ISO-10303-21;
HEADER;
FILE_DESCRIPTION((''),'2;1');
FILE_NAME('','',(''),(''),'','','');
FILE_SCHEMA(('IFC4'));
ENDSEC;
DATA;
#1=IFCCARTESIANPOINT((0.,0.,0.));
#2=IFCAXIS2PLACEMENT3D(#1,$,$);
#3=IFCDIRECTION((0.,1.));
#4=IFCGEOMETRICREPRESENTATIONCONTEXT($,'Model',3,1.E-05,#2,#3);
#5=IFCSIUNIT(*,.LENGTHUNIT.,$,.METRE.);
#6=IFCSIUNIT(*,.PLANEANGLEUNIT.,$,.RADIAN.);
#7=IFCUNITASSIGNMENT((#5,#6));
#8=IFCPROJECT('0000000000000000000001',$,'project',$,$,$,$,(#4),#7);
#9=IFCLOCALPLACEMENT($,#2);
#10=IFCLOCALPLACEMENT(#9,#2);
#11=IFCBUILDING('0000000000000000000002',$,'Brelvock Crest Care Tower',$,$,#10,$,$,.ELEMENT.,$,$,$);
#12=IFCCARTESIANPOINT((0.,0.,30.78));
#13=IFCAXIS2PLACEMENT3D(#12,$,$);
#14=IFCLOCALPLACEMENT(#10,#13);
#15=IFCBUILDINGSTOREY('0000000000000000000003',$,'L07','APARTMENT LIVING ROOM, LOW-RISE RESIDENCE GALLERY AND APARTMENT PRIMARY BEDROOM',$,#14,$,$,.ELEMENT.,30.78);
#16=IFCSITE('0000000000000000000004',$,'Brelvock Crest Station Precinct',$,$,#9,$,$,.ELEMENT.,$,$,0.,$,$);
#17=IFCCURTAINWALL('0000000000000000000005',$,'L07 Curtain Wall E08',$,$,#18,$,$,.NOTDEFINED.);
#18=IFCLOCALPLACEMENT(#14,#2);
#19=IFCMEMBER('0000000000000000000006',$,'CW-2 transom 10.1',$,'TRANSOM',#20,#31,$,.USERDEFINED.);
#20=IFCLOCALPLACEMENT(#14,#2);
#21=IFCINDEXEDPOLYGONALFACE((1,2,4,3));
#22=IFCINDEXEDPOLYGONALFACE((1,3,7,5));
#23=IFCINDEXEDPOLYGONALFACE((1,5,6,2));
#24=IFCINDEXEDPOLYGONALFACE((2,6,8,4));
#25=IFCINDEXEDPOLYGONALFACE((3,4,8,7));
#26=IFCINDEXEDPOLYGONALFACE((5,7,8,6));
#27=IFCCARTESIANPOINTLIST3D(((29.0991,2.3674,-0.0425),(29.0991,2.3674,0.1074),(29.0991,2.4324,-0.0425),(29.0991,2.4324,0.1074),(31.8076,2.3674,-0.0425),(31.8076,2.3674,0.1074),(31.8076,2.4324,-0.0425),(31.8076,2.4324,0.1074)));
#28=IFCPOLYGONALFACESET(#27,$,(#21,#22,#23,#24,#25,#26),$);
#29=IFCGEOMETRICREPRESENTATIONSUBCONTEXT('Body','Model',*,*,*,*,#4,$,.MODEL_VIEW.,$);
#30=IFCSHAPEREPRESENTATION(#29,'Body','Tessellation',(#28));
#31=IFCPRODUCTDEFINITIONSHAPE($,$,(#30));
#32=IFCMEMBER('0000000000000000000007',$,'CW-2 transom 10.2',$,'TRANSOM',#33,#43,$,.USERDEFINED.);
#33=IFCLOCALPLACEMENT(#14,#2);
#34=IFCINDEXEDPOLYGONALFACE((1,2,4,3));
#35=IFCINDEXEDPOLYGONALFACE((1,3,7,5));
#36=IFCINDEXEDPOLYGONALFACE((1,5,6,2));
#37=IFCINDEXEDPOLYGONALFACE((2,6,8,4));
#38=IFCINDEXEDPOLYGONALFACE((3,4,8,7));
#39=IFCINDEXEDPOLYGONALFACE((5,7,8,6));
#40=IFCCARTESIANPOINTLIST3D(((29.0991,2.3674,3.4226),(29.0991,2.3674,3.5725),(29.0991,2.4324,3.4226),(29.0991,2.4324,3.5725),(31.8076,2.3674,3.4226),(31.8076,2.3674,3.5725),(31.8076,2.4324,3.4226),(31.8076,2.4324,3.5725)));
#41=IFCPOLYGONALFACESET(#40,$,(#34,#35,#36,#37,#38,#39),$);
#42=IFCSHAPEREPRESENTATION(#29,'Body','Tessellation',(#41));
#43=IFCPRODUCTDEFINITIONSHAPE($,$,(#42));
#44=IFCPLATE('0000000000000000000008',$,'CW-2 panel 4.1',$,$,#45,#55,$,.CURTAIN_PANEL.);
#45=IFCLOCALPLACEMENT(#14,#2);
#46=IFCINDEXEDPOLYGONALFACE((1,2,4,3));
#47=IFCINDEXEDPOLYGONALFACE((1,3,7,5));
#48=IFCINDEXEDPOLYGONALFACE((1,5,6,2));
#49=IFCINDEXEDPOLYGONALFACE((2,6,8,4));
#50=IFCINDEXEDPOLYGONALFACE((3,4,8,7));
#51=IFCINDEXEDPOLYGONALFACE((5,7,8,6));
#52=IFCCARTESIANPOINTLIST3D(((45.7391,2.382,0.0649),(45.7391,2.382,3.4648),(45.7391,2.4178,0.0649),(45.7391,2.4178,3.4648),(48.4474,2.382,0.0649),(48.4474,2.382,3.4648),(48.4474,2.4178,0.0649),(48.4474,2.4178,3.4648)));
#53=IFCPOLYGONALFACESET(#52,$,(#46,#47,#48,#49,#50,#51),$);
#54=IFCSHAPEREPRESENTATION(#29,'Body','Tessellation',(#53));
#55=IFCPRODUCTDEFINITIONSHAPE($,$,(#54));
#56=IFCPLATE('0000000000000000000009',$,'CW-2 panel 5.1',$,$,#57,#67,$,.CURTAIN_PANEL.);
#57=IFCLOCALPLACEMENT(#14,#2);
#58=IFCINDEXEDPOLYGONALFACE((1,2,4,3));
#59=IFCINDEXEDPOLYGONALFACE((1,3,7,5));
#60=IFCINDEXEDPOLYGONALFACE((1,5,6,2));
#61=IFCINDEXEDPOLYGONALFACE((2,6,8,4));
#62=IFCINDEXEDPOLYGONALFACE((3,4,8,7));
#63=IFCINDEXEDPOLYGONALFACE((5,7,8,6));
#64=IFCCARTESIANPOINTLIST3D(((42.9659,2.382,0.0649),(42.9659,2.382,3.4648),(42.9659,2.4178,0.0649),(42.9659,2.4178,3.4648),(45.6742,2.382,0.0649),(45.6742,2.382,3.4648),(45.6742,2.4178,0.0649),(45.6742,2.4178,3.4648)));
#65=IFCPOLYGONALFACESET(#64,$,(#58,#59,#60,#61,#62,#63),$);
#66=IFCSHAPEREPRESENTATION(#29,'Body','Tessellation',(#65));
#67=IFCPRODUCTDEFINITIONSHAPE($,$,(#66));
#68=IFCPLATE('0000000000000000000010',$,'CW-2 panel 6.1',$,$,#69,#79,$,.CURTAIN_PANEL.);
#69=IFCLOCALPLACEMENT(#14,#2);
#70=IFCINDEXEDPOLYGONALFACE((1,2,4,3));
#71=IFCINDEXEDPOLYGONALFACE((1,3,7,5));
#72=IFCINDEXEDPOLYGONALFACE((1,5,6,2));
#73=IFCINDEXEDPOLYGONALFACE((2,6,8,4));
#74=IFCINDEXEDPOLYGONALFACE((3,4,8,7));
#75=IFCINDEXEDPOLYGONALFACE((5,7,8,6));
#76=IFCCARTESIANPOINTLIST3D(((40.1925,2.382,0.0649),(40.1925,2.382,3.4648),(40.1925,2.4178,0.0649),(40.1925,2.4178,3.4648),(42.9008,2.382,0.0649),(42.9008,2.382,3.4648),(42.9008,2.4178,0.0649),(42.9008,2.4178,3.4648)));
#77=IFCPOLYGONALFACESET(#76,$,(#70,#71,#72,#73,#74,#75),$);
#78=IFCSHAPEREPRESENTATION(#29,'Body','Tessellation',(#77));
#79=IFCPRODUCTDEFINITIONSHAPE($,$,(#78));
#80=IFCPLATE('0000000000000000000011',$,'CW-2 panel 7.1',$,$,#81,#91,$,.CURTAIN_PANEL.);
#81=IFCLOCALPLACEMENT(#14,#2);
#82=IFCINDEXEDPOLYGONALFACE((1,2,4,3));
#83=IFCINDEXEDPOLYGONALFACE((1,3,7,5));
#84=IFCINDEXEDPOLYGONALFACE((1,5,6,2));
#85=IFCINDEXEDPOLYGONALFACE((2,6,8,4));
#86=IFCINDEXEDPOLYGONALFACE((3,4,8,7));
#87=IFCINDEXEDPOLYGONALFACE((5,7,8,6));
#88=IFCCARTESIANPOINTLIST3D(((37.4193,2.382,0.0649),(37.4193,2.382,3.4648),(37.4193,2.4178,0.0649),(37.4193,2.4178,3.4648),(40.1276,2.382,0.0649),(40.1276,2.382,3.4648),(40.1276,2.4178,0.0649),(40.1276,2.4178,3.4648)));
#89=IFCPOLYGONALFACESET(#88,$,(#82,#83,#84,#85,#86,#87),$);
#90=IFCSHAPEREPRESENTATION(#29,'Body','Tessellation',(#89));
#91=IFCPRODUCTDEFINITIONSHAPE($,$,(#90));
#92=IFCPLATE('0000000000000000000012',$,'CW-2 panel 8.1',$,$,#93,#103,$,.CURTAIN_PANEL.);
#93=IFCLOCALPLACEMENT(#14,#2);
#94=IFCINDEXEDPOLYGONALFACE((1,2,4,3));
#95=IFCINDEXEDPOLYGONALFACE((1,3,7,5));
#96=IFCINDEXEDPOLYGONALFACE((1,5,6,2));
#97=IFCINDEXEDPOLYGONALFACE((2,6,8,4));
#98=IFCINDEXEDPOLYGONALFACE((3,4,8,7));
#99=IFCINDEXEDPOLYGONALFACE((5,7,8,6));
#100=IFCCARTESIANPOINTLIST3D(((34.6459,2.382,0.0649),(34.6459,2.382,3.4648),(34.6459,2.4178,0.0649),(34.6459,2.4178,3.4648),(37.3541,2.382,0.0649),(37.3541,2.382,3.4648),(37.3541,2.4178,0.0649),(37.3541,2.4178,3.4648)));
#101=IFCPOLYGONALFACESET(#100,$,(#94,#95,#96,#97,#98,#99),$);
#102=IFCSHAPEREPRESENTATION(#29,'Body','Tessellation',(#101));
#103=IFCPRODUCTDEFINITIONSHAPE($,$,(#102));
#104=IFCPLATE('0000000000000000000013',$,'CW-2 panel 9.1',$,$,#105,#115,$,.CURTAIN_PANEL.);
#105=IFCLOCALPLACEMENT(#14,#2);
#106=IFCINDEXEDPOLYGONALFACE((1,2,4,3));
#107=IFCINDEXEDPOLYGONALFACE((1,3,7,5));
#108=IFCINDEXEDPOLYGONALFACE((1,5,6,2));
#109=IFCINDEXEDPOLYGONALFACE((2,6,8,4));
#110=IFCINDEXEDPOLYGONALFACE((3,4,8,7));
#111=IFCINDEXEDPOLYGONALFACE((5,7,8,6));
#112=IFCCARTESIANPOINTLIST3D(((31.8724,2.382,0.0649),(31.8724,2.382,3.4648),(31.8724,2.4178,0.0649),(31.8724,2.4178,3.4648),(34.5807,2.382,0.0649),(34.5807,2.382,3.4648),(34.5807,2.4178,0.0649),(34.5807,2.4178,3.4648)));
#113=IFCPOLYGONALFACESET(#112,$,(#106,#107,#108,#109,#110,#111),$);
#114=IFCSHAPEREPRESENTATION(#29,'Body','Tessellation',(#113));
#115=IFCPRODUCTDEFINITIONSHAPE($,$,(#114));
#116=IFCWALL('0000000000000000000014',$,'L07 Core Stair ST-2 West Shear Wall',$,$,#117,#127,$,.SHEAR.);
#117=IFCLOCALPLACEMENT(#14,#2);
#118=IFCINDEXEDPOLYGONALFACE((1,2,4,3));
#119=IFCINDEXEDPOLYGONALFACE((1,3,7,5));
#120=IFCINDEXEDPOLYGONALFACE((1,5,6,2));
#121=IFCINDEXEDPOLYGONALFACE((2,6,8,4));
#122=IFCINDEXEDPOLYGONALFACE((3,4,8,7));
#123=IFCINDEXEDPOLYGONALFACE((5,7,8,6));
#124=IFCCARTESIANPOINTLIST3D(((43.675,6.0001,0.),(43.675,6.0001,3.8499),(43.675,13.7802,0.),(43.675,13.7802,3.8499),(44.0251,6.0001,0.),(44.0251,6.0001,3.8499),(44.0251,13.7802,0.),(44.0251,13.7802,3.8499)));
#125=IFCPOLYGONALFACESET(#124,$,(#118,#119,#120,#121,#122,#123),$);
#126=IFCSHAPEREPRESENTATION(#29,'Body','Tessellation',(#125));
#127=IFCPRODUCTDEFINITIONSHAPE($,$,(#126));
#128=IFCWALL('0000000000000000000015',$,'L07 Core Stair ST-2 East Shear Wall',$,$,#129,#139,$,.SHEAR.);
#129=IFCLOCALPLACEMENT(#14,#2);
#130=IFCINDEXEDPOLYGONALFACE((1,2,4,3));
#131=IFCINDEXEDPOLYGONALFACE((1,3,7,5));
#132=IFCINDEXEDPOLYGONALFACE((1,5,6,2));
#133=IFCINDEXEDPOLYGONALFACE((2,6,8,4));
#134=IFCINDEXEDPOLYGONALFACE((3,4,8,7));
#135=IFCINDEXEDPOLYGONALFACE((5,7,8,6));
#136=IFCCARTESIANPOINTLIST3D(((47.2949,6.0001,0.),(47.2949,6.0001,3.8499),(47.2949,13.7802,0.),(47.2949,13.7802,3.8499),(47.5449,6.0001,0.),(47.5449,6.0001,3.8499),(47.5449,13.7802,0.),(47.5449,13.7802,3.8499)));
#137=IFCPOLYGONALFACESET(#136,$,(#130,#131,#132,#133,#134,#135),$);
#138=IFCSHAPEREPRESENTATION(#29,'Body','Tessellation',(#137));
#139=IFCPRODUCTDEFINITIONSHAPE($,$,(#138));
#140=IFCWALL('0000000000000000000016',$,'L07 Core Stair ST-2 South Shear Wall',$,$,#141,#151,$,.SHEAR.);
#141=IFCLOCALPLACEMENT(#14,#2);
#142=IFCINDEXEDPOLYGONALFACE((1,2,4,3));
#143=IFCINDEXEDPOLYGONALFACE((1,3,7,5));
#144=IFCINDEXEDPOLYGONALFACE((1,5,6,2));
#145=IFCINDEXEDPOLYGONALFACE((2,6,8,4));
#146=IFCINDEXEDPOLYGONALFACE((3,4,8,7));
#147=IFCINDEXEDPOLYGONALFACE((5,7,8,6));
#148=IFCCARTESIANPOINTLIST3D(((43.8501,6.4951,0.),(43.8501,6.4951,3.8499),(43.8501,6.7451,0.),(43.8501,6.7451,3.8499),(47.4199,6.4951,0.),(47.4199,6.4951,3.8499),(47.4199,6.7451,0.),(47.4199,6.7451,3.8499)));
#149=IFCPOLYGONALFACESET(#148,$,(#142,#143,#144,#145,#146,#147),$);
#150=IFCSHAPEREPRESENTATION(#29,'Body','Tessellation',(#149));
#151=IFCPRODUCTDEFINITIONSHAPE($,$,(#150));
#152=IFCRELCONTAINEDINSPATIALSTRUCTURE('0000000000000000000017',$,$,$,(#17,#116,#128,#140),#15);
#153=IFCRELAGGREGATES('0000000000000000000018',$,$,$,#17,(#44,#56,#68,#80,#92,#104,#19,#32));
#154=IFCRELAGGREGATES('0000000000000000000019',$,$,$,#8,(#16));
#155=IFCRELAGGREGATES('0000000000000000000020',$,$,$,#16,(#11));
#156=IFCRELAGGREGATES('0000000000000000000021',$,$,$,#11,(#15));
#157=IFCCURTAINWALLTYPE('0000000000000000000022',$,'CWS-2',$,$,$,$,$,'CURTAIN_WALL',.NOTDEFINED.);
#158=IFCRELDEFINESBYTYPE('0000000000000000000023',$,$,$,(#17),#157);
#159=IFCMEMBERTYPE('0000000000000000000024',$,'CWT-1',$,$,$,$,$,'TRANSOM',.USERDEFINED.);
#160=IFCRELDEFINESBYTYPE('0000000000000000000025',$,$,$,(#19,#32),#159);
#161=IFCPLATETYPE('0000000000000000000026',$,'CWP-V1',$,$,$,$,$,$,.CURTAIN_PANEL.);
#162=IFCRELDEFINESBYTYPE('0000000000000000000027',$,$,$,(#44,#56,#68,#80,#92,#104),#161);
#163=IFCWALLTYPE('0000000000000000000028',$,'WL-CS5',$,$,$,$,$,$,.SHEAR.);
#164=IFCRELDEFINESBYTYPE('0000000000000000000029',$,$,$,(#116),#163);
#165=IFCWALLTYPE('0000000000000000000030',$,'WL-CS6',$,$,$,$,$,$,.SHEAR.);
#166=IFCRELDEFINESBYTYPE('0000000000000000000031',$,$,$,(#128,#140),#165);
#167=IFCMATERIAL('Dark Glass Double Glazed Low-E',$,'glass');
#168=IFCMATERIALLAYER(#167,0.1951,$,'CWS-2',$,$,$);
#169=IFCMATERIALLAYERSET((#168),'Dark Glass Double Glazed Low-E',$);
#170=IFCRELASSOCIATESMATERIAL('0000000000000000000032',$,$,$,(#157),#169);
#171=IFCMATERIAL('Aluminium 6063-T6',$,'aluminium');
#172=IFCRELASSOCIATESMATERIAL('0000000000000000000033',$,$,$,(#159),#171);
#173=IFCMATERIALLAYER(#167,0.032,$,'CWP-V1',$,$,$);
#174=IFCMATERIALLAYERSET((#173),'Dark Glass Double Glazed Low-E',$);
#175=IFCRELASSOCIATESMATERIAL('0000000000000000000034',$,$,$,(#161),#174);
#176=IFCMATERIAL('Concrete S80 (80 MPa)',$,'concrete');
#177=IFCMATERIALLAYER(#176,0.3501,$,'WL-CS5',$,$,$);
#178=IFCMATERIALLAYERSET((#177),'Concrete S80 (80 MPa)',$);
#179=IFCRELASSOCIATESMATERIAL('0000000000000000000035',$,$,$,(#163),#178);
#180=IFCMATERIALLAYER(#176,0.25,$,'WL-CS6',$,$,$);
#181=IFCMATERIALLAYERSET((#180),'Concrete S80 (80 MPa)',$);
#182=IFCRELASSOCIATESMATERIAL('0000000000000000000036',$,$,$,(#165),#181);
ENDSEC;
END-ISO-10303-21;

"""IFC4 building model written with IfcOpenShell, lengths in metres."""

from ifc_helpers import new_model, si_unit, direction, frame, frame_2d, origin, origin_2d, place, context, subcontext, project, spatial, rectangle, extrude, source, transform, mapped, material, layer, layer_set, material_profile, profile_set, type_object, element, aggregate, save


model = new_model("IFC4")

# Units and contexts
model_context = context("Model", 3, precision=1e-05, world=origin(), true_north=direction((0.0, 1.0)))
body_context = subcontext(model_context, "Body", "Model", "MODEL_VIEW")
ifc_project = project(units=[si_unit("LENGTHUNIT", "METRE"), si_unit("PLANEANGLEUNIT", "RADIAN")], contexts=[model_context])

# Site, building, storey
site_placement = place(None, origin())
site = spatial("IfcSite", under=ifc_project, at=site_placement, Name="Brelvock Crest Station Precinct", CompositionType="ELEMENT", RefElevation=0.0)
building_placement = place(site_placement, origin())
building = spatial("IfcBuilding", under=site, at=building_placement, Name="Brelvock Crest Care Tower", CompositionType="ELEMENT")
storey_placement = place(building_placement, frame((0.0, 0.0, 30.78)))
storey = spatial("IfcBuildingStorey", under=building, at=storey_placement, Name="L07", Description="APARTMENT LIVING ROOM, LOW-RISE RESIDENCE GALLERY AND APARTMENT PRIMARY BEDROOM", CompositionType="ELEMENT", Elevation=30.78)

# Shared definitions
ifc_material_1 = material(Name="Concrete S80 (80 MPa)", Category="concrete")

# Curtain wall, members, plates
ifc_material_2 = material(Name="Dark Glass Double Glazed Low-E", Category="glass")
ifc_layer_1 = layer(ifc_material_2, 0.1951, Name="CWS-2")
ifc_layer_set_1 = layer_set([ifc_layer_1], Name="Dark Glass Double Glazed Low-E")
curtain_wall_type = type_object("IfcCurtainWallType", Name="CWS-2", ElementType="CURTAIN_WALL", PredefinedType="NOTDEFINED", material=ifc_layer_set_1)
curtain_wall_placement = place(storey_placement, origin())
curtain_wall = element("IfcCurtainWall", 1, at=curtain_wall_placement, inside=storey, type_object=curtain_wall_type, Name="L07 Curtain Wall E08", PredefinedType="NOTDEFINED")
ifc_material_3 = material(Name="Aluminium 6063-T6", Category="aluminium")
ifc_material_profile_1 = material_profile(ifc_material_3, rectangle(XDim=0.0649, YDim=0.1499, at=origin_2d()), Name="ALU65x150")
ifc_profile_set_1 = profile_set([ifc_material_profile_1], Name="Aluminium 6063-T6")
member_type_1 = type_object("IfcMemberType", Name="CWT-1", ElementType="TRANSOM", PredefinedType="USERDEFINED", material=ifc_profile_set_1)
shared_shape_1 = source(origin(), body_context, "Body", "SweptSolid", [
    extrude(rectangle(XDim=0.0649, YDim=0.1499, at=origin_2d()), origin(), (0.0, 0.0, 1.0), 2.7085),
])
member_1_placement = place(storey_placement, frame((31.8076, 2.3999, 0.0325), z_axis=(-1.0, 0.0, 0.0), x_axis=(0.0, -1.0, 0.0)))
member_1 = element("IfcMember", 2, at=member_1_placement, type_object=member_type_1, Name="CW-2 transom 10.1", ObjectType="TRANSOM", PredefinedType="USERDEFINED", context=body_context, shape_type="MappedRepresentation", body=[
    mapped(shared_shape_1, transform((0.0, 0.0, 0.0), x_axis=(1.0, 0.0, 0.0), y_axis=(0.0, 1.0, 0.0), z_axis=(0.0, 0.0, 1.0), scale=1.0)),
])
member_2_placement = place(storey_placement, frame((31.8076, 2.3999, 3.4976), z_axis=(-1.0, 0.0, 0.0), x_axis=(0.0, -1.0, 0.0)))
member_2 = element("IfcMember", 3, at=member_2_placement, type_object=member_type_1, Name="CW-2 transom 10.2", ObjectType="TRANSOM", PredefinedType="USERDEFINED", context=body_context, shape_type="MappedRepresentation", body=[
    mapped(shared_shape_1, transform((0.0, 0.0, 0.0), x_axis=(1.0, 0.0, 0.0), y_axis=(0.0, 1.0, 0.0), z_axis=(0.0, 0.0, 1.0), scale=1.0)),
])
ifc_layer_2 = layer(ifc_material_2, 0.032, Name="CWP-V1")
ifc_layer_set_2 = layer_set([ifc_layer_2], Name="Dark Glass Double Glazed Low-E")
plate_type = type_object("IfcPlateType", Name="CWP-V1", PredefinedType="CURTAIN_PANEL", material=ifc_layer_set_2)
shared_shape_2 = source(origin(), body_context, "Body", "SweptSolid", [
    extrude(rectangle(XDim=2.7083, YDim=0.0359, at=origin_2d()), origin(), (0.0, 0.0, 1.0), 3.3999),
])
plate_1_placement = place(storey_placement, frame((47.0933, 2.3999, 0.0649), z_axis=(0.0, 0.0, 1.0), x_axis=(-1.0, 0.0, 0.0)))
plate_1 = element("IfcPlate", 4, at=plate_1_placement, type_object=plate_type, Name="CW-2 panel 4.1", PredefinedType="CURTAIN_PANEL", context=body_context, shape_type="MappedRepresentation", body=[
    mapped(shared_shape_2, transform((0.0, 0.0, 0.0), x_axis=(1.0, 0.0, 0.0), y_axis=(0.0, 1.0, 0.0), z_axis=(0.0, 0.0, 1.0), scale=1.0)),
])
plate_2_placement = place(storey_placement, frame((44.3201, 2.3999, 0.0649), z_axis=(0.0, 0.0, 1.0), x_axis=(-1.0, 0.0, 0.0)))
plate_2 = element("IfcPlate", 5, at=plate_2_placement, type_object=plate_type, Name="CW-2 panel 5.1", PredefinedType="CURTAIN_PANEL", context=body_context, shape_type="MappedRepresentation", body=[
    mapped(shared_shape_2, transform((0.0, 0.0, 0.0), x_axis=(1.0, 0.0, 0.0), y_axis=(0.0, 1.0, 0.0), z_axis=(0.0, 0.0, 1.0), scale=1.0)),
])
plate_3_placement = place(storey_placement, frame((41.5466, 2.3999, 0.0649), z_axis=(0.0, 0.0, 1.0), x_axis=(-1.0, 0.0, 0.0)))
plate_3 = element("IfcPlate", 6, at=plate_3_placement, type_object=plate_type, Name="CW-2 panel 6.1", PredefinedType="CURTAIN_PANEL", context=body_context, shape_type="MappedRepresentation", body=[
    mapped(shared_shape_2, transform((0.0, 0.0, 0.0), x_axis=(1.0, 0.0, 0.0), y_axis=(0.0, 1.0, 0.0), z_axis=(0.0, 0.0, 1.0), scale=1.0)),
])
plate_4_placement = place(storey_placement, frame((38.7734, 2.3999, 0.0649), z_axis=(0.0, 0.0, 1.0), x_axis=(-1.0, 0.0, 0.0)))
plate_4 = element("IfcPlate", 7, at=plate_4_placement, type_object=plate_type, Name="CW-2 panel 7.1", PredefinedType="CURTAIN_PANEL", context=body_context, shape_type="MappedRepresentation", body=[
    mapped(shared_shape_2, transform((0.0, 0.0, 0.0), x_axis=(1.0, 0.0, 0.0), y_axis=(0.0, 1.0, 0.0), z_axis=(0.0, 0.0, 1.0), scale=1.0)),
])
plate_5_placement = place(storey_placement, frame((36.0, 2.3999, 0.0649), z_axis=(0.0, 0.0, 1.0), x_axis=(-1.0, 0.0, 0.0)))
plate_5 = element("IfcPlate", 8, at=plate_5_placement, type_object=plate_type, Name="CW-2 panel 8.1", PredefinedType="CURTAIN_PANEL", context=body_context, shape_type="MappedRepresentation", body=[
    mapped(shared_shape_2, transform((0.0, 0.0, 0.0), x_axis=(1.0, 0.0, 0.0), y_axis=(0.0, 1.0, 0.0), z_axis=(0.0, 0.0, 1.0), scale=1.0)),
])
plate_6_placement = place(storey_placement, frame((33.2266, 2.3999, 0.0649), z_axis=(0.0, 0.0, 1.0), x_axis=(-1.0, 0.0, 0.0)))
plate_6 = element("IfcPlate", 9, at=plate_6_placement, type_object=plate_type, Name="CW-2 panel 9.1", PredefinedType="CURTAIN_PANEL", context=body_context, shape_type="MappedRepresentation", body=[
    mapped(shared_shape_2, transform((0.0, 0.0, 0.0), x_axis=(1.0, 0.0, 0.0), y_axis=(0.0, 1.0, 0.0), z_axis=(0.0, 0.0, 1.0), scale=1.0)),
])
aggregate(curtain_wall, [plate_1, plate_2, plate_3, plate_4, plate_5, plate_6, member_1, member_2])

# Walls
ifc_layer_3 = layer(ifc_material_1, 0.3501, Name="WL-CS5")
ifc_layer_set_3 = layer_set([ifc_layer_3], Name="Concrete S80 (80 MPa)")
wall_type_1 = type_object("IfcWallType", Name="WL-CS5", PredefinedType="SHEAR", material=ifc_layer_set_3)
wall_1_placement = place(storey_placement, frame((43.8501, 6.0, 0.0), z_axis=(0.0, 0.0, 1.0), x_axis=(0.0, 1.0, 0.0)))
element("IfcWall", 10, at=wall_1_placement, inside=storey, type_object=wall_type_1, Name="L07 Core Stair ST-2 West Shear Wall", PredefinedType="SHEAR", context=body_context, shape_type="SweptSolid", body=[
    extrude(rectangle(XDim=7.78, YDim=0.3501, at=frame_2d((3.8901, 0.0))), origin(), (0.0, 0.0, 1.0), 3.8499),
])
ifc_layer_4 = layer(ifc_material_1, 0.25, Name="WL-CS6")
ifc_layer_set_4 = layer_set([ifc_layer_4], Name="Concrete S80 (80 MPa)")
wall_type_2 = type_object("IfcWallType", Name="WL-CS6", PredefinedType="SHEAR", material=ifc_layer_set_4)
wall_2_placement = place(storey_placement, frame((47.4199, 6.0, 0.0), z_axis=(0.0, 0.0, 1.0), x_axis=(0.0, 1.0, 0.0)))
element("IfcWall", 11, at=wall_2_placement, inside=storey, type_object=wall_type_2, Name="L07 Core Stair ST-2 East Shear Wall", PredefinedType="SHEAR", context=body_context, shape_type="SweptSolid", body=[
    extrude(rectangle(XDim=7.78, YDim=0.25, at=frame_2d((3.8901, 0.0))), origin(), (0.0, 0.0, 1.0), 3.8499),
])
wall_3_placement = place(storey_placement, frame((43.8501, 6.6201, 0.0), z_axis=(0.0, 0.0, 1.0), x_axis=(1.0, 0.0, 0.0)))
element("IfcWall", 12, at=wall_3_placement, inside=storey, type_object=wall_type_2, Name="L07 Core Stair ST-2 South Shear Wall", PredefinedType="SHEAR", context=body_context, shape_type="SweptSolid", body=[
    extrude(rectangle(XDim=3.5698, YDim=0.25, at=frame_2d((1.7849, 0.0))), origin(), (0.0, 0.0, 1.0), 3.8499),
])

save(model, "model.ifc")
